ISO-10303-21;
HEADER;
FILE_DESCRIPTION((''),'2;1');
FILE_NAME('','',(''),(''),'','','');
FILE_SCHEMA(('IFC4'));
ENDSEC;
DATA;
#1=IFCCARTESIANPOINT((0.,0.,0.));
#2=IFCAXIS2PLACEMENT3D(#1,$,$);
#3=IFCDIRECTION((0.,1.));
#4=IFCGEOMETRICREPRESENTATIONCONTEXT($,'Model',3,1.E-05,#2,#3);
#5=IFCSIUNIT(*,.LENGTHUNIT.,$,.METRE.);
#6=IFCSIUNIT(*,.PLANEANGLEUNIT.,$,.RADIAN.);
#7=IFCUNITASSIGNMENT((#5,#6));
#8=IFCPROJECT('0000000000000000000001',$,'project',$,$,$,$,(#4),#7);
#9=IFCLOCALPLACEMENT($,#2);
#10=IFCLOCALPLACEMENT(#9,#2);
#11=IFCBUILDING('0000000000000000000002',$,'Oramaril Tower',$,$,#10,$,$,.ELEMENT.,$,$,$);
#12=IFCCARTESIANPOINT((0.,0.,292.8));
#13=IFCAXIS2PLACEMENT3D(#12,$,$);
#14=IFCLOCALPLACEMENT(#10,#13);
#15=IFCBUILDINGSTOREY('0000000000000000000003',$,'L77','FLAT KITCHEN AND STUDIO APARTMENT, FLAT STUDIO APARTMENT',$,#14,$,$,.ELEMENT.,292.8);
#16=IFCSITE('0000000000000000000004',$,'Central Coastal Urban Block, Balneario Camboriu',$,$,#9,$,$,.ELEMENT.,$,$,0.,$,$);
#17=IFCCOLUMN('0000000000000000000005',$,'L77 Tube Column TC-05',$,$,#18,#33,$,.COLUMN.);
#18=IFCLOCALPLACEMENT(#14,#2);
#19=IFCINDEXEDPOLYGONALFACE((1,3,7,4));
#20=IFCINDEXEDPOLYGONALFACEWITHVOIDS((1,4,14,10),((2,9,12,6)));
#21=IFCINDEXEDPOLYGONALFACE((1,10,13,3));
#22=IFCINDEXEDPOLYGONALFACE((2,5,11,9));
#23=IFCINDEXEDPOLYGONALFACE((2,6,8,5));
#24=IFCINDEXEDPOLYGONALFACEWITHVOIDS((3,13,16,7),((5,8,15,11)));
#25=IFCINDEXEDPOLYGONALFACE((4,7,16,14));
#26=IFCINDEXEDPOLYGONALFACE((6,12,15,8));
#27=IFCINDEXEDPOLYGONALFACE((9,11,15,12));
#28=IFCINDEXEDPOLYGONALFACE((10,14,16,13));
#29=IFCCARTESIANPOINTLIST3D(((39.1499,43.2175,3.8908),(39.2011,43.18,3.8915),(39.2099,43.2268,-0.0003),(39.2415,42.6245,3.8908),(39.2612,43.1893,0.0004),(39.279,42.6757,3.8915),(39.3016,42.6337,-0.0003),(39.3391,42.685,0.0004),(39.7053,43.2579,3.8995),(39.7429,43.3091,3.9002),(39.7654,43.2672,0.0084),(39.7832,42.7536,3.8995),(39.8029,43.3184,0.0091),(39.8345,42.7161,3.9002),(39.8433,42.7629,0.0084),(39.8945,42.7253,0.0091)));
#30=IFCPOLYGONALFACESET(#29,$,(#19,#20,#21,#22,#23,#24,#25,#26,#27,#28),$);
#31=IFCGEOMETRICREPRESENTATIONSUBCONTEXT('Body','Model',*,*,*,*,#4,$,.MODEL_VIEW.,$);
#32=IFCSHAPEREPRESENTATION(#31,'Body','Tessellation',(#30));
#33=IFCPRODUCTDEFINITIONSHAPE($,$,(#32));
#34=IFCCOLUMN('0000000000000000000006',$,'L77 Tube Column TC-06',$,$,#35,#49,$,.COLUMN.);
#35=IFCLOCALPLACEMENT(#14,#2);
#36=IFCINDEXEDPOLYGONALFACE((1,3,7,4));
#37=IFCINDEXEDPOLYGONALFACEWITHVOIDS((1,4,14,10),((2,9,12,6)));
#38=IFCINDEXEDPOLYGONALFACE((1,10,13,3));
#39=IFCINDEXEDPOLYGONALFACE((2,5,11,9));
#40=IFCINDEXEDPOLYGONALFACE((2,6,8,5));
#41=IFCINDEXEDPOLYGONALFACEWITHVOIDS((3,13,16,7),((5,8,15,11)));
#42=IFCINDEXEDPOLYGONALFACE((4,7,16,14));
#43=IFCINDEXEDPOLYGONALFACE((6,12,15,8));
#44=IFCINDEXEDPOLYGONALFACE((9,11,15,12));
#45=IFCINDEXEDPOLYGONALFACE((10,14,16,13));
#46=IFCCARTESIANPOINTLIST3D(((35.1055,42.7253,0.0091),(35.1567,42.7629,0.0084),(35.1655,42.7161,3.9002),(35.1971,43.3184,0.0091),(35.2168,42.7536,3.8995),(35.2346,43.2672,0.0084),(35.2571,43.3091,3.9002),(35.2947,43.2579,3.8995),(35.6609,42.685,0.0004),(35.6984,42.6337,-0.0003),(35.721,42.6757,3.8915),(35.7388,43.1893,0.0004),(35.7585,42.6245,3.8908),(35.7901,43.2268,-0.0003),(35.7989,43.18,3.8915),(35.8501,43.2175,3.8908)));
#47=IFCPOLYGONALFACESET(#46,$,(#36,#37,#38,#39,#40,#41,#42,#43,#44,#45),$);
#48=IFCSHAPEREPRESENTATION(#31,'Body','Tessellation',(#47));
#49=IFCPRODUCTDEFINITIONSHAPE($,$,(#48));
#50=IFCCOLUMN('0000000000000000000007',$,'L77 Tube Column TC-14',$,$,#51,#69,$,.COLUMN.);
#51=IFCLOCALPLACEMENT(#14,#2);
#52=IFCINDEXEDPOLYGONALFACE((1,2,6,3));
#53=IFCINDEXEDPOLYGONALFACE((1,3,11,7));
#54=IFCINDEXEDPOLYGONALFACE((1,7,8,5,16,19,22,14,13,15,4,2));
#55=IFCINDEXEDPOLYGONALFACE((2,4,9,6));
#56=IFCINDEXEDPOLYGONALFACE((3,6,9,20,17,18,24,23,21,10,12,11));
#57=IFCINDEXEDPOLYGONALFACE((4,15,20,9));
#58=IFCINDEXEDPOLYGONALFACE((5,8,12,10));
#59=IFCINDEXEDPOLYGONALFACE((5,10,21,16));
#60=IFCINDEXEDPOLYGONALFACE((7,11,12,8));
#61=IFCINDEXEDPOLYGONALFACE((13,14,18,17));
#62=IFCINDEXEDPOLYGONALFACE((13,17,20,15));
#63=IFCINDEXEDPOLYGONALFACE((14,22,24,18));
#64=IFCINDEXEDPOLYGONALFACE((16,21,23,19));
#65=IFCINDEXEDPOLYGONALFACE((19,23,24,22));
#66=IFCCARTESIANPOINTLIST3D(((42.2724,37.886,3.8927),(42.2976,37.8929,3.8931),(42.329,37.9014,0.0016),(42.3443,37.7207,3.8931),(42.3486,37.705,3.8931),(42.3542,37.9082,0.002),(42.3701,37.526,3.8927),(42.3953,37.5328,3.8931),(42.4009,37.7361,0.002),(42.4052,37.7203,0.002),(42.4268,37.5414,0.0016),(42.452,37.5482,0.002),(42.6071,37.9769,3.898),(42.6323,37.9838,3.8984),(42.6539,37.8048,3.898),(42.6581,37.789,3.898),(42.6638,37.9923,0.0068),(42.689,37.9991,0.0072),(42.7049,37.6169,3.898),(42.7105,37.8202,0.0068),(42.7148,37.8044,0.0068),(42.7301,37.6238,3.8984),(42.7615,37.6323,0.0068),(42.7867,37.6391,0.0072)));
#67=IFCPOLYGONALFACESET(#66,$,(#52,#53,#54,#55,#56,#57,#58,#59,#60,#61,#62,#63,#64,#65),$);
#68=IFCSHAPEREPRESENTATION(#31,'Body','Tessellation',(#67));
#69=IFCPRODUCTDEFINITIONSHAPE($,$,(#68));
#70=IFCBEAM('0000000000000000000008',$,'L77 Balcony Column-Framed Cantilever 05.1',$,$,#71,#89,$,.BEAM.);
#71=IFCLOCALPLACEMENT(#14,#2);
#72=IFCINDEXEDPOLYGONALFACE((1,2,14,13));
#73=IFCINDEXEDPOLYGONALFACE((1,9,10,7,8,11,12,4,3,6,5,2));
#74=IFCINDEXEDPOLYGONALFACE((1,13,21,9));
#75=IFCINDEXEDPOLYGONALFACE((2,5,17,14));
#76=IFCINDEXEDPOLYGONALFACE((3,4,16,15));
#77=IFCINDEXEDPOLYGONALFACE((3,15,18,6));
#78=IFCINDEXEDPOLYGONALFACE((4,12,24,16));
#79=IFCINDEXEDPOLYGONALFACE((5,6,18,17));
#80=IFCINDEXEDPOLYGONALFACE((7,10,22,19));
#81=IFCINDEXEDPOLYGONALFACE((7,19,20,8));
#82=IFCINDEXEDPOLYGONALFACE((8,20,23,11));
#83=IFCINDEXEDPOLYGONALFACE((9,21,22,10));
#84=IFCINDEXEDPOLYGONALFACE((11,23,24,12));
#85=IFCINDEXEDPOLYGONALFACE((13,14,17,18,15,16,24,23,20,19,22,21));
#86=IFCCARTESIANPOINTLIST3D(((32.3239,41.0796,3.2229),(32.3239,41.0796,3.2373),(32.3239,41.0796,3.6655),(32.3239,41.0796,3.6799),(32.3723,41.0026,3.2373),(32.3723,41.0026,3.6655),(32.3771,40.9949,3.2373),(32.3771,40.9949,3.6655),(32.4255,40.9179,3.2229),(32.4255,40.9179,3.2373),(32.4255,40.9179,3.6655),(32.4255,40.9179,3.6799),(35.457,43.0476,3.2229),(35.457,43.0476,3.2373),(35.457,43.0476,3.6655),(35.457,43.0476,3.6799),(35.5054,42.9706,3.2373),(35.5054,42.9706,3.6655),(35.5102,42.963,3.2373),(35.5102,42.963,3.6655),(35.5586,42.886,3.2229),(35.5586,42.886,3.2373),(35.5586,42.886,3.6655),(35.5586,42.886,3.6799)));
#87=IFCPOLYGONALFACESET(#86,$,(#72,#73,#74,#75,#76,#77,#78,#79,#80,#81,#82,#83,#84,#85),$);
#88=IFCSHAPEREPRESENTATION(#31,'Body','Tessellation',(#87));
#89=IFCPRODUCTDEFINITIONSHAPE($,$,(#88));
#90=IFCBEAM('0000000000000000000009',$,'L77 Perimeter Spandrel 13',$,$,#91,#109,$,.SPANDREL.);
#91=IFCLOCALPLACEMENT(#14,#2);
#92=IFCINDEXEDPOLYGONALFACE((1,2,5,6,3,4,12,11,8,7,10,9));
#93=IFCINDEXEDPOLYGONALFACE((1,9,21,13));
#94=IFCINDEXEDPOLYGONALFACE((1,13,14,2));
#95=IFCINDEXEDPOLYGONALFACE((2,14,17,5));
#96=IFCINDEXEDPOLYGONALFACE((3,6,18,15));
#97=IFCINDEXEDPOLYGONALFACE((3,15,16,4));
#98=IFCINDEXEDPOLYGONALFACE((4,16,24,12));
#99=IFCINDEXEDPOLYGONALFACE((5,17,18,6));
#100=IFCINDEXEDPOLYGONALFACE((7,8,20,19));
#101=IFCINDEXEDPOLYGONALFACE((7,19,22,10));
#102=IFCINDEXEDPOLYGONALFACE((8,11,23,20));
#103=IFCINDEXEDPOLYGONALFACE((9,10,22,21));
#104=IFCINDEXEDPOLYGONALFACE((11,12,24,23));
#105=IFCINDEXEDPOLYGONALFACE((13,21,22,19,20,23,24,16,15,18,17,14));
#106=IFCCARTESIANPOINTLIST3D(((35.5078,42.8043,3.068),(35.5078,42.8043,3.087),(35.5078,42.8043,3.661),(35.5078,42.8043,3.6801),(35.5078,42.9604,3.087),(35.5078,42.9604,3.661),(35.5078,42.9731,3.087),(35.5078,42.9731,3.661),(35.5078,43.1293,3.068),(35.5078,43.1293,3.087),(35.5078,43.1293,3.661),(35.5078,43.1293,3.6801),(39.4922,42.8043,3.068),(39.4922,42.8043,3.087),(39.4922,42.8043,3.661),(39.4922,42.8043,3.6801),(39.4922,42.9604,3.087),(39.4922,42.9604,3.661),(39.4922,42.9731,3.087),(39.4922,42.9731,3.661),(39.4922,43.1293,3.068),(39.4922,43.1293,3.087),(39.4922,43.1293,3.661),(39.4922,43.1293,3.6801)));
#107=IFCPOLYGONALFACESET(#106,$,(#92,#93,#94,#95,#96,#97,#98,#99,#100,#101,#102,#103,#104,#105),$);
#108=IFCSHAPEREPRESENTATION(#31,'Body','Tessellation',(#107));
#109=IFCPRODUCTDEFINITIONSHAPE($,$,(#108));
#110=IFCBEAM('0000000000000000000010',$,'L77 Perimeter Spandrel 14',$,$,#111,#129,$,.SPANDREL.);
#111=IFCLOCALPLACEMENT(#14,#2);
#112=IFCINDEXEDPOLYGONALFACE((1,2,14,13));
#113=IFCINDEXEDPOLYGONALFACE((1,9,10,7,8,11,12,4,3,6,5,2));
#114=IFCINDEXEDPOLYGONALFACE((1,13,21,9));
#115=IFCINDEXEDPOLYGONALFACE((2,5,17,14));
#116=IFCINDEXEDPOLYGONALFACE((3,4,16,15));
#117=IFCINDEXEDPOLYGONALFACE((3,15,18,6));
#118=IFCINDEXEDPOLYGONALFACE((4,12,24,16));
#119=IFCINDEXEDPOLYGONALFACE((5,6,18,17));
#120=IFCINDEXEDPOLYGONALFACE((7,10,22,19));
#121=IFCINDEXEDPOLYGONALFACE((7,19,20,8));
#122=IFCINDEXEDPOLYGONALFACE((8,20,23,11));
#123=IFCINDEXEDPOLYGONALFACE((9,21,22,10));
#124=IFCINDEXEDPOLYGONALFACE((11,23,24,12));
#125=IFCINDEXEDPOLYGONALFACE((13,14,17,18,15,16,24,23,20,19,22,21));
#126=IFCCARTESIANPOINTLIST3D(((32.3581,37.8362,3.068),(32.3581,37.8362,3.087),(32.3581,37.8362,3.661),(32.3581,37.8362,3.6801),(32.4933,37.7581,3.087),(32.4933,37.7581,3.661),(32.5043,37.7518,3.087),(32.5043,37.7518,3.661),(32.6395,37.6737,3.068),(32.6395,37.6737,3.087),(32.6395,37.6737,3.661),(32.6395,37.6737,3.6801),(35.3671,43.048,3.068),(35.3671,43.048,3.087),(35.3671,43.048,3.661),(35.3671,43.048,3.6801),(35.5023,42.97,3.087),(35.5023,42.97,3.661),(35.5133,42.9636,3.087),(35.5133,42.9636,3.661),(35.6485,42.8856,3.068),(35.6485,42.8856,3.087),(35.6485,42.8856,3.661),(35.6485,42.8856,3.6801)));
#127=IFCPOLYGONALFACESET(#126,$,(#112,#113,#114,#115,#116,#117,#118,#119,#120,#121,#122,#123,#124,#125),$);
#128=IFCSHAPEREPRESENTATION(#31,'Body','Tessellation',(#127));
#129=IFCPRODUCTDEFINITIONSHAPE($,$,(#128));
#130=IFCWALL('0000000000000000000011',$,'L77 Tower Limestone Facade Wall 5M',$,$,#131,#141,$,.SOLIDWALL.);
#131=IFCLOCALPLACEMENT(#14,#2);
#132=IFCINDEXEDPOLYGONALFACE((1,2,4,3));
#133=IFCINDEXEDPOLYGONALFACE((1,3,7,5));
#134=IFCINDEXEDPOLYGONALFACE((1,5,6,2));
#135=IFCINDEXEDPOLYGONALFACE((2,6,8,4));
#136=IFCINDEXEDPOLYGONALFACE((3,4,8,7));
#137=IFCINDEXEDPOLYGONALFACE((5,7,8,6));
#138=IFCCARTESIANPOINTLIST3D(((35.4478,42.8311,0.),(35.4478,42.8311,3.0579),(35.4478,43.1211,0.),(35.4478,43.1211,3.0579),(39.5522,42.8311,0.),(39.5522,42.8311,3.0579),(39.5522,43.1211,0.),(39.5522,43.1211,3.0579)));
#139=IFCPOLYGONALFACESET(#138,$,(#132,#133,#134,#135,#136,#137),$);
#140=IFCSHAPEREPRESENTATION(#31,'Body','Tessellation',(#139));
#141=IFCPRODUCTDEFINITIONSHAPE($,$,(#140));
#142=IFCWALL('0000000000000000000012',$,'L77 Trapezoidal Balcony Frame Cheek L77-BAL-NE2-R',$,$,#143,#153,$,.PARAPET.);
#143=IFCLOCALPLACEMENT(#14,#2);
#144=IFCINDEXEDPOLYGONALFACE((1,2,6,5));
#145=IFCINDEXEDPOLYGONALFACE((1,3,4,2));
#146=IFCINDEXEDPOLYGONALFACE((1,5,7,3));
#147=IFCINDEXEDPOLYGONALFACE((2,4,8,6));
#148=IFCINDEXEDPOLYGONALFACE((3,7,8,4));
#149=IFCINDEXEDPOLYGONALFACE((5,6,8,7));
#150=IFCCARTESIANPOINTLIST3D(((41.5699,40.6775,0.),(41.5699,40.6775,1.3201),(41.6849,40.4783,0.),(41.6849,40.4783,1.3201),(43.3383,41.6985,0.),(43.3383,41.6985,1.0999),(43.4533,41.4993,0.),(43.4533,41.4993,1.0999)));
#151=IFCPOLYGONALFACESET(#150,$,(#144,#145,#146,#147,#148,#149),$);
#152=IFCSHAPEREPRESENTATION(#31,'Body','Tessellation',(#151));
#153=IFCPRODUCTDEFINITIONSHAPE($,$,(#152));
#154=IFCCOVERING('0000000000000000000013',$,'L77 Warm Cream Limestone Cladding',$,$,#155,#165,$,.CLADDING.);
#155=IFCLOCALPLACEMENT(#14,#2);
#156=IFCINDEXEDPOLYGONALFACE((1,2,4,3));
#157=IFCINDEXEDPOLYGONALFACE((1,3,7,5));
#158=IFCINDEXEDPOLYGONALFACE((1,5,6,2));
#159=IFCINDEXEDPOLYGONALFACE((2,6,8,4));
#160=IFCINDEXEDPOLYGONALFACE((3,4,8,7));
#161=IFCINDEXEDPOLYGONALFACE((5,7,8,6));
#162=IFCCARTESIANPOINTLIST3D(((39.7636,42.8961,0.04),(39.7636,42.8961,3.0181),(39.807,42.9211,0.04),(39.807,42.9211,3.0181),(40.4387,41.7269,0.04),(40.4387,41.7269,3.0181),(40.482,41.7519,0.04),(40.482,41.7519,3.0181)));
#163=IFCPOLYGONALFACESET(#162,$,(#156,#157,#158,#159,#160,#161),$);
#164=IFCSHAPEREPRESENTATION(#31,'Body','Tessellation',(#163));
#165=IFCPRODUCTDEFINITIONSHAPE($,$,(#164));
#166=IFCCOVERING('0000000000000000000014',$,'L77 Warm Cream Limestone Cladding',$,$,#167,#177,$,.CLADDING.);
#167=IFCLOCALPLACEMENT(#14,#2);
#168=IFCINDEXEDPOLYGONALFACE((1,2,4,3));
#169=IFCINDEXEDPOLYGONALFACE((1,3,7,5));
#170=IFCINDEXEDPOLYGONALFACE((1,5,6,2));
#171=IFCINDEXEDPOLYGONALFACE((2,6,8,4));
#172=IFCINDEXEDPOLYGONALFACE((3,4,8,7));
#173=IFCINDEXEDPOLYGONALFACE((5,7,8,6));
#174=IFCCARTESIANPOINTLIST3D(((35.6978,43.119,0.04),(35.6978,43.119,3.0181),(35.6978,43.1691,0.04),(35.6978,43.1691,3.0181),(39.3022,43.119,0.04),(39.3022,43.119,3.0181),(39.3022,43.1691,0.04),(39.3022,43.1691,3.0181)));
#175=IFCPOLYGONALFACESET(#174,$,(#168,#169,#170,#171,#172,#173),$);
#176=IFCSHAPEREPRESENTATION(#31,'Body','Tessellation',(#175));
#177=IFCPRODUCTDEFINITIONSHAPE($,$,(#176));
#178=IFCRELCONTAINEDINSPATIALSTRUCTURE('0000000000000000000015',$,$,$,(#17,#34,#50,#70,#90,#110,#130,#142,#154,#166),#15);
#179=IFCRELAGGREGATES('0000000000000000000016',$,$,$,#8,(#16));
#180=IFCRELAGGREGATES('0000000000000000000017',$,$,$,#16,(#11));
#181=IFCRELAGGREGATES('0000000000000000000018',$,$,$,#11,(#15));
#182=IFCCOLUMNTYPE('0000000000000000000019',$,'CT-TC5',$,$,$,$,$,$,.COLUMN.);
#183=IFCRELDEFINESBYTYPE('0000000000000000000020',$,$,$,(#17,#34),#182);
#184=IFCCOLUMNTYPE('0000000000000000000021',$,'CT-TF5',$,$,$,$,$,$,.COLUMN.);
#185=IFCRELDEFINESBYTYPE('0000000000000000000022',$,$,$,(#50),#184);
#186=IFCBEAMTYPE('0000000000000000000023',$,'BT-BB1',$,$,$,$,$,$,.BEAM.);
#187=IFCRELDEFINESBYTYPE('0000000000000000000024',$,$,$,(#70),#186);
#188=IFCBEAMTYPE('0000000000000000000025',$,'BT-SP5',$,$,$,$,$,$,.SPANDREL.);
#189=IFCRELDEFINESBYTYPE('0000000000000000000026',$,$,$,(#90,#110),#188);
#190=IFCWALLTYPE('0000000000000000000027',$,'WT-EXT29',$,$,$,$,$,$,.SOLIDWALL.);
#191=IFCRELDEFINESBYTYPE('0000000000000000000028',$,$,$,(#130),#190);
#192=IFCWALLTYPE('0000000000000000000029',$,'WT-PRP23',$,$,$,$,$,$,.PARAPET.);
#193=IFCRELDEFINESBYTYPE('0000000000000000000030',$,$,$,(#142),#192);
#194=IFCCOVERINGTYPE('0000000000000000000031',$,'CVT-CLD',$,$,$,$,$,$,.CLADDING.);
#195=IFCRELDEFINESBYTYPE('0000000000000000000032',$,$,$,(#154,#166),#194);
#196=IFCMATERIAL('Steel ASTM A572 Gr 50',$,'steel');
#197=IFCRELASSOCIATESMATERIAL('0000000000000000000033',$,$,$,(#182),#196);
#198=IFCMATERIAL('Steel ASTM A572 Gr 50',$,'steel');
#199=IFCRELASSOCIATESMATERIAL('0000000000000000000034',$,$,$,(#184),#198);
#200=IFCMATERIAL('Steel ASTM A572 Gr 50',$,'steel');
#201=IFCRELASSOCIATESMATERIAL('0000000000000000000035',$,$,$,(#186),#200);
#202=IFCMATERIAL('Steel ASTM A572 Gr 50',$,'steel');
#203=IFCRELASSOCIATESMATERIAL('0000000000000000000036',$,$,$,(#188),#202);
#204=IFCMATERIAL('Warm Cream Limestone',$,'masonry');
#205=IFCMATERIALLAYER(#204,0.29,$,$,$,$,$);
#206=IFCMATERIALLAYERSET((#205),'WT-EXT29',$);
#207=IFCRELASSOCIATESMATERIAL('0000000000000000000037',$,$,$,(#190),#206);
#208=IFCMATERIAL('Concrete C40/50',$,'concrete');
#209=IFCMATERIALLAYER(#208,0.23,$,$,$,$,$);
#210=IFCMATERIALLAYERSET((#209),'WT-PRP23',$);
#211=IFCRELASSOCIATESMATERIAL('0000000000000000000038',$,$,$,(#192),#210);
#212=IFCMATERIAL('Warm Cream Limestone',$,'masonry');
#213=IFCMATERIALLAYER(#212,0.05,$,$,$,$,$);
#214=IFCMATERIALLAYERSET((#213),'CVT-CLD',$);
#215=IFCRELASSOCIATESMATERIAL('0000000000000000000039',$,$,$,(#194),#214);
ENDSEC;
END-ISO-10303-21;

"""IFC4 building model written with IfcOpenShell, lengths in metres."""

from ifc_helpers import new_model, si_unit, direction, frame, frame_2d, origin, origin_2d, place, context, subcontext, project, spatial, polyline, rectangle, hollow_rectangle, i_section, outline, extrude, material, layer, layer_set, material_profile, profile_set, type_object, element, save


model = new_model("IFC4")

# Units and contexts
model_context = context("Model", 3, precision=1e-05, world=origin(), true_north=direction((0.0, 1.0)))
body_context = subcontext(model_context, "Body", "Model", "MODEL_VIEW")
ifc_project = project(units=[si_unit("LENGTHUNIT", "METRE"), si_unit("PLANEANGLEUNIT", "RADIAN")], contexts=[model_context])

# Site, building, storey
site_placement = place(None, origin())
site = spatial("IfcSite", under=ifc_project, at=site_placement, Name="Central Coastal Urban Block, Balneario Camboriu", CompositionType="ELEMENT", RefElevation=0.0)
building_placement = place(site_placement, origin())
building = spatial("IfcBuilding", under=site, at=building_placement, Name="Oramaril Tower", CompositionType="ELEMENT")
storey_placement = place(building_placement, frame((0.0, 0.0, 292.8)))
storey = spatial("IfcBuildingStorey", under=building, at=storey_placement, Name="L77", Description="FLAT KITCHEN AND STUDIO APARTMENT, FLAT STUDIO APARTMENT", CompositionType="ELEMENT", Elevation=292.8)

# Columns
ifc_material_1 = material(Name="Steel ASTM A572 Gr 50", Category="steel")
ifc_material_profile_1 = material_profile(ifc_material_1, hollow_rectangle(XDim=0.6001, YDim=0.6001, WallThickness=0.0449, at=origin_2d()), Name="BOX600X600X45")
ifc_profile_set_1 = profile_set([ifc_material_profile_1], Name="Steel ASTM A572 Gr 50")
column_type_1 = type_object("IfcColumnType", Name="CT-TC5", PredefinedType="COLUMN", material=ifc_profile_set_1)
for number, where, z_axis, x_axis, name in (
    (1, (39.5522, 42.9761, 0.0044), (-0.015433, -0.002384, 0.999878), (0.152661, -0.988279, 0.0), "L77 Tube Column TC-05"),
    (2, (35.4478, 42.9761, 0.0044), (0.015433, -0.002384, 0.999878), (0.152661, 0.988279, 0.0), "L77 Tube Column TC-06"),
):
    element("IfcColumn", number, at=place(storey_placement, frame(where, z_axis=z_axis, x_axis=x_axis)), inside=storey, type_object=column_type_1, Name=name, PredefinedType="COLUMN", context=body_context, shape_type="SweptSolid", body=[
        extrude(hollow_rectangle(XDim=0.6001, YDim=0.6001, WallThickness=0.0449, at=origin_2d()), origin(), (0.0, 0.0, 1.0), 3.8916),
    ])
ifc_material_2 = material(Name="Steel ASTM A572 Gr 50", Category="steel")
ifc_material_profile_2 = material_profile(ifc_material_2, i_section(OverallWidth=0.373, OverallDepth=0.373, WebThickness=0.0164, FlangeThickness=0.0261, at=origin_2d()), Name="W14X132")
ifc_profile_set_2 = profile_set([ifc_material_profile_2], Name="Steel ASTM A572 Gr 50")
column_type_2 = type_object("IfcColumnType", Name="CT-TF5", PredefinedType="COLUMN", material=ifc_profile_set_2)
column_placement = place(storey_placement, frame((42.5579, 37.7703, 0.0044), z_axis=(-0.014555, -0.003952, 0.999886), x_axis=(0.262061, -0.965051, 0.0)))
element("IfcColumn", 3, at=column_placement, inside=storey, type_object=column_type_2, Name="L77 Tube Column TC-14", PredefinedType="COLUMN", context=body_context, shape_type="SweptSolid", body=[
    extrude(i_section(OverallWidth=0.373, OverallDepth=0.373, WebThickness=0.0164, FlangeThickness=0.0261, at=origin_2d()), origin(), (0.0, 0.0, 1.0), 3.8916),
])

# Beams
ifc_material_3 = material(Name="Steel ASTM A572 Gr 50", Category="steel")
ifc_material_profile_3 = material_profile(ifc_material_3, i_section(OverallWidth=0.1909, OverallDepth=0.457, WebThickness=0.009, FlangeThickness=0.0144, at=origin_2d()), Name="W18X50")
ifc_profile_set_3 = profile_set([ifc_material_profile_3], Name="Steel ASTM A572 Gr 50")
beam_type_1 = type_object("IfcBeamType", Name="BT-BB1", PredefinedType="BEAM", material=ifc_profile_set_3)
beam_1_placement = place(storey_placement, frame((35.5078, 42.9668, 3.4514), z_axis=(-0.846799, -0.531913, 0.0), x_axis=(0.531913, -0.846799, 0.0)))
element("IfcBeam", 4, at=beam_1_placement, inside=storey, type_object=beam_type_1, Name="L77 Balcony Column-Framed Cantilever 05.1", PredefinedType="BEAM", context=body_context, shape_type="SweptSolid", body=[
    extrude(i_section(OverallWidth=0.1909, OverallDepth=0.457, WebThickness=0.009, FlangeThickness=0.0144, at=origin_2d()), origin(), (0.0, 0.0, 1.0), 3.7),
])
ifc_material_4 = material(Name="Steel ASTM A572 Gr 50", Category="steel")
ifc_material_profile_4 = material_profile(ifc_material_4, i_section(OverallWidth=0.325, OverallDepth=0.6121, WebThickness=0.0127, FlangeThickness=0.019, at=origin_2d()), Name="W24X104")
ifc_profile_set_4 = profile_set([ifc_material_profile_4], Name="Steel ASTM A572 Gr 50")
beam_type_2 = type_object("IfcBeamType", Name="BT-SP5", PredefinedType="SPANDREL", material=ifc_profile_set_4)
beam_2_placement = place(storey_placement, frame((39.4922, 42.9668, 3.374), z_axis=(-1.0, 0.0, 0.0), x_axis=(0.0, -1.0, 0.0)))
element("IfcBeam", 5, at=beam_2_placement, inside=storey, type_object=beam_type_2, Name="L77 Perimeter Spandrel 13", PredefinedType="SPANDREL", context=body_context, shape_type="SweptSolid", body=[
    extrude(i_section(OverallWidth=0.325, OverallDepth=0.6121, WebThickness=0.0127, FlangeThickness=0.019, at=origin_2d()), origin(), (0.0, 0.0, 1.0), 3.9844),
])
beam_3_placement = place(storey_placement, frame((35.5078, 42.9668, 3.374), z_axis=(-0.499992, -0.86603, 0.0), x_axis=(0.86603, -0.499992, 0.0)))
element("IfcBeam", 6, at=beam_3_placement, inside=storey, type_object=beam_type_2, Name="L77 Perimeter Spandrel 14", PredefinedType="SPANDREL", context=body_context, shape_type="SweptSolid", body=[
    extrude(i_section(OverallWidth=0.325, OverallDepth=0.6121, WebThickness=0.0127, FlangeThickness=0.019, at=origin_2d()), origin(), (0.0, 0.0, 1.0), 6.0181),
])

# Wall
ifc_material_5 = material(Name="Warm Cream Limestone", Category="masonry")
ifc_layer_1 = layer(ifc_material_5, 0.29)
ifc_layer_set_1 = layer_set([ifc_layer_1], Name="WT-EXT29")
wall_type_1 = type_object("IfcWallType", Name="WT-EXT29", PredefinedType="SOLIDWALL", material=ifc_layer_set_1)
wall_1_placement = place(storey_placement, frame((39.5522, 42.9761, 0.0), z_axis=(0.0, 0.0, 1.0), x_axis=(-1.0, 0.0, 0.0)))
element("IfcWall", 7, at=wall_1_placement, inside=storey, type_object=wall_type_1, Name="L77 Tower Limestone Facade Wall 5M", PredefinedType="SOLIDWALL", context=body_context, shape_type="SweptSolid", body=[
    extrude(rectangle(XDim=4.1045, YDim=0.29, at=frame_2d((2.0522, 0.0))), origin(), (0.0, 0.0, 1.0), 3.0579),
])

# Wall
ifc_material_6 = material(Name="Concrete C40/50", Category="concrete")
ifc_layer_2 = layer(ifc_material_6, 0.23)
ifc_layer_set_2 = layer_set([ifc_layer_2], Name="WT-PRP23")
wall_type_2 = type_object("IfcWallType", Name="WT-PRP23", PredefinedType="PARAPET", material=ifc_layer_set_2)
wall_2_placement = place(storey_placement, frame((41.6274, 40.5779, 0.0), z_axis=(0.0, 0.0, 1.0), x_axis=(0.866012, 0.500023, 0.0)))
element("IfcWall", 8, at=wall_2_placement, inside=storey, type_object=wall_type_2, Name="L77 Trapezoidal Balcony Frame Cheek L77-BAL-NE2-R", PredefinedType="PARAPET", context=body_context, shape_type="SweptSolid", body=[
    extrude(outline(polyline([(0.0, 0.0), (2.042, 0.0), (2.042, 1.0999), (0.0, 1.3201), (0.0, 0.0)])), frame((0.0, 0.115, 0.0), z_axis=(0.0, -1.0, 0.0), x_axis=(1.0, 0.0, 0.0)), (0.0, 0.0, 1.0), 0.23),
])

# Coverings
ifc_material_7 = material(Name="Warm Cream Limestone", Category="masonry")
ifc_layer_3 = layer(ifc_material_7, 0.05)
ifc_layer_set_3 = layer_set([ifc_layer_3], Name="CVT-CLD")
covering_type = type_object("IfcCoveringType", Name="CVT-CLD", PredefinedType="CLADDING", material=ifc_layer_set_3)
covering_1_placement = place(storey_placement, frame((40.1228, 42.324, 0.04), z_axis=(0.0, 0.0, 1.0), x_axis=(-0.5, 0.866025, 0.0)))
element("IfcCovering", 9, at=covering_1_placement, inside=storey, type_object=covering_type, Name="L77 Warm Cream Limestone Cladding", PredefinedType="CLADDING", context=body_context, shape_type="SweptSolid", body=[
    extrude(rectangle(XDim=1.3501, YDim=0.05, at=origin_2d()), origin(), (0.0, 0.0, 1.0), 2.978),
])
covering_2_placement = place(storey_placement, frame((37.5, 43.144, 0.04), z_axis=(0.0, 0.0, 1.0), x_axis=(-1.0, 0.0, 0.0)))
element("IfcCovering", 10, at=covering_2_placement, inside=storey, type_object=covering_type, Name="L77 Warm Cream Limestone Cladding", PredefinedType="CLADDING", context=body_context, shape_type="SweptSolid", body=[
    extrude(rectangle(XDim=3.6045, YDim=0.05, at=origin_2d()), origin(), (0.0, 0.0, 1.0), 2.978),
])

save(model, "model.ifc")
